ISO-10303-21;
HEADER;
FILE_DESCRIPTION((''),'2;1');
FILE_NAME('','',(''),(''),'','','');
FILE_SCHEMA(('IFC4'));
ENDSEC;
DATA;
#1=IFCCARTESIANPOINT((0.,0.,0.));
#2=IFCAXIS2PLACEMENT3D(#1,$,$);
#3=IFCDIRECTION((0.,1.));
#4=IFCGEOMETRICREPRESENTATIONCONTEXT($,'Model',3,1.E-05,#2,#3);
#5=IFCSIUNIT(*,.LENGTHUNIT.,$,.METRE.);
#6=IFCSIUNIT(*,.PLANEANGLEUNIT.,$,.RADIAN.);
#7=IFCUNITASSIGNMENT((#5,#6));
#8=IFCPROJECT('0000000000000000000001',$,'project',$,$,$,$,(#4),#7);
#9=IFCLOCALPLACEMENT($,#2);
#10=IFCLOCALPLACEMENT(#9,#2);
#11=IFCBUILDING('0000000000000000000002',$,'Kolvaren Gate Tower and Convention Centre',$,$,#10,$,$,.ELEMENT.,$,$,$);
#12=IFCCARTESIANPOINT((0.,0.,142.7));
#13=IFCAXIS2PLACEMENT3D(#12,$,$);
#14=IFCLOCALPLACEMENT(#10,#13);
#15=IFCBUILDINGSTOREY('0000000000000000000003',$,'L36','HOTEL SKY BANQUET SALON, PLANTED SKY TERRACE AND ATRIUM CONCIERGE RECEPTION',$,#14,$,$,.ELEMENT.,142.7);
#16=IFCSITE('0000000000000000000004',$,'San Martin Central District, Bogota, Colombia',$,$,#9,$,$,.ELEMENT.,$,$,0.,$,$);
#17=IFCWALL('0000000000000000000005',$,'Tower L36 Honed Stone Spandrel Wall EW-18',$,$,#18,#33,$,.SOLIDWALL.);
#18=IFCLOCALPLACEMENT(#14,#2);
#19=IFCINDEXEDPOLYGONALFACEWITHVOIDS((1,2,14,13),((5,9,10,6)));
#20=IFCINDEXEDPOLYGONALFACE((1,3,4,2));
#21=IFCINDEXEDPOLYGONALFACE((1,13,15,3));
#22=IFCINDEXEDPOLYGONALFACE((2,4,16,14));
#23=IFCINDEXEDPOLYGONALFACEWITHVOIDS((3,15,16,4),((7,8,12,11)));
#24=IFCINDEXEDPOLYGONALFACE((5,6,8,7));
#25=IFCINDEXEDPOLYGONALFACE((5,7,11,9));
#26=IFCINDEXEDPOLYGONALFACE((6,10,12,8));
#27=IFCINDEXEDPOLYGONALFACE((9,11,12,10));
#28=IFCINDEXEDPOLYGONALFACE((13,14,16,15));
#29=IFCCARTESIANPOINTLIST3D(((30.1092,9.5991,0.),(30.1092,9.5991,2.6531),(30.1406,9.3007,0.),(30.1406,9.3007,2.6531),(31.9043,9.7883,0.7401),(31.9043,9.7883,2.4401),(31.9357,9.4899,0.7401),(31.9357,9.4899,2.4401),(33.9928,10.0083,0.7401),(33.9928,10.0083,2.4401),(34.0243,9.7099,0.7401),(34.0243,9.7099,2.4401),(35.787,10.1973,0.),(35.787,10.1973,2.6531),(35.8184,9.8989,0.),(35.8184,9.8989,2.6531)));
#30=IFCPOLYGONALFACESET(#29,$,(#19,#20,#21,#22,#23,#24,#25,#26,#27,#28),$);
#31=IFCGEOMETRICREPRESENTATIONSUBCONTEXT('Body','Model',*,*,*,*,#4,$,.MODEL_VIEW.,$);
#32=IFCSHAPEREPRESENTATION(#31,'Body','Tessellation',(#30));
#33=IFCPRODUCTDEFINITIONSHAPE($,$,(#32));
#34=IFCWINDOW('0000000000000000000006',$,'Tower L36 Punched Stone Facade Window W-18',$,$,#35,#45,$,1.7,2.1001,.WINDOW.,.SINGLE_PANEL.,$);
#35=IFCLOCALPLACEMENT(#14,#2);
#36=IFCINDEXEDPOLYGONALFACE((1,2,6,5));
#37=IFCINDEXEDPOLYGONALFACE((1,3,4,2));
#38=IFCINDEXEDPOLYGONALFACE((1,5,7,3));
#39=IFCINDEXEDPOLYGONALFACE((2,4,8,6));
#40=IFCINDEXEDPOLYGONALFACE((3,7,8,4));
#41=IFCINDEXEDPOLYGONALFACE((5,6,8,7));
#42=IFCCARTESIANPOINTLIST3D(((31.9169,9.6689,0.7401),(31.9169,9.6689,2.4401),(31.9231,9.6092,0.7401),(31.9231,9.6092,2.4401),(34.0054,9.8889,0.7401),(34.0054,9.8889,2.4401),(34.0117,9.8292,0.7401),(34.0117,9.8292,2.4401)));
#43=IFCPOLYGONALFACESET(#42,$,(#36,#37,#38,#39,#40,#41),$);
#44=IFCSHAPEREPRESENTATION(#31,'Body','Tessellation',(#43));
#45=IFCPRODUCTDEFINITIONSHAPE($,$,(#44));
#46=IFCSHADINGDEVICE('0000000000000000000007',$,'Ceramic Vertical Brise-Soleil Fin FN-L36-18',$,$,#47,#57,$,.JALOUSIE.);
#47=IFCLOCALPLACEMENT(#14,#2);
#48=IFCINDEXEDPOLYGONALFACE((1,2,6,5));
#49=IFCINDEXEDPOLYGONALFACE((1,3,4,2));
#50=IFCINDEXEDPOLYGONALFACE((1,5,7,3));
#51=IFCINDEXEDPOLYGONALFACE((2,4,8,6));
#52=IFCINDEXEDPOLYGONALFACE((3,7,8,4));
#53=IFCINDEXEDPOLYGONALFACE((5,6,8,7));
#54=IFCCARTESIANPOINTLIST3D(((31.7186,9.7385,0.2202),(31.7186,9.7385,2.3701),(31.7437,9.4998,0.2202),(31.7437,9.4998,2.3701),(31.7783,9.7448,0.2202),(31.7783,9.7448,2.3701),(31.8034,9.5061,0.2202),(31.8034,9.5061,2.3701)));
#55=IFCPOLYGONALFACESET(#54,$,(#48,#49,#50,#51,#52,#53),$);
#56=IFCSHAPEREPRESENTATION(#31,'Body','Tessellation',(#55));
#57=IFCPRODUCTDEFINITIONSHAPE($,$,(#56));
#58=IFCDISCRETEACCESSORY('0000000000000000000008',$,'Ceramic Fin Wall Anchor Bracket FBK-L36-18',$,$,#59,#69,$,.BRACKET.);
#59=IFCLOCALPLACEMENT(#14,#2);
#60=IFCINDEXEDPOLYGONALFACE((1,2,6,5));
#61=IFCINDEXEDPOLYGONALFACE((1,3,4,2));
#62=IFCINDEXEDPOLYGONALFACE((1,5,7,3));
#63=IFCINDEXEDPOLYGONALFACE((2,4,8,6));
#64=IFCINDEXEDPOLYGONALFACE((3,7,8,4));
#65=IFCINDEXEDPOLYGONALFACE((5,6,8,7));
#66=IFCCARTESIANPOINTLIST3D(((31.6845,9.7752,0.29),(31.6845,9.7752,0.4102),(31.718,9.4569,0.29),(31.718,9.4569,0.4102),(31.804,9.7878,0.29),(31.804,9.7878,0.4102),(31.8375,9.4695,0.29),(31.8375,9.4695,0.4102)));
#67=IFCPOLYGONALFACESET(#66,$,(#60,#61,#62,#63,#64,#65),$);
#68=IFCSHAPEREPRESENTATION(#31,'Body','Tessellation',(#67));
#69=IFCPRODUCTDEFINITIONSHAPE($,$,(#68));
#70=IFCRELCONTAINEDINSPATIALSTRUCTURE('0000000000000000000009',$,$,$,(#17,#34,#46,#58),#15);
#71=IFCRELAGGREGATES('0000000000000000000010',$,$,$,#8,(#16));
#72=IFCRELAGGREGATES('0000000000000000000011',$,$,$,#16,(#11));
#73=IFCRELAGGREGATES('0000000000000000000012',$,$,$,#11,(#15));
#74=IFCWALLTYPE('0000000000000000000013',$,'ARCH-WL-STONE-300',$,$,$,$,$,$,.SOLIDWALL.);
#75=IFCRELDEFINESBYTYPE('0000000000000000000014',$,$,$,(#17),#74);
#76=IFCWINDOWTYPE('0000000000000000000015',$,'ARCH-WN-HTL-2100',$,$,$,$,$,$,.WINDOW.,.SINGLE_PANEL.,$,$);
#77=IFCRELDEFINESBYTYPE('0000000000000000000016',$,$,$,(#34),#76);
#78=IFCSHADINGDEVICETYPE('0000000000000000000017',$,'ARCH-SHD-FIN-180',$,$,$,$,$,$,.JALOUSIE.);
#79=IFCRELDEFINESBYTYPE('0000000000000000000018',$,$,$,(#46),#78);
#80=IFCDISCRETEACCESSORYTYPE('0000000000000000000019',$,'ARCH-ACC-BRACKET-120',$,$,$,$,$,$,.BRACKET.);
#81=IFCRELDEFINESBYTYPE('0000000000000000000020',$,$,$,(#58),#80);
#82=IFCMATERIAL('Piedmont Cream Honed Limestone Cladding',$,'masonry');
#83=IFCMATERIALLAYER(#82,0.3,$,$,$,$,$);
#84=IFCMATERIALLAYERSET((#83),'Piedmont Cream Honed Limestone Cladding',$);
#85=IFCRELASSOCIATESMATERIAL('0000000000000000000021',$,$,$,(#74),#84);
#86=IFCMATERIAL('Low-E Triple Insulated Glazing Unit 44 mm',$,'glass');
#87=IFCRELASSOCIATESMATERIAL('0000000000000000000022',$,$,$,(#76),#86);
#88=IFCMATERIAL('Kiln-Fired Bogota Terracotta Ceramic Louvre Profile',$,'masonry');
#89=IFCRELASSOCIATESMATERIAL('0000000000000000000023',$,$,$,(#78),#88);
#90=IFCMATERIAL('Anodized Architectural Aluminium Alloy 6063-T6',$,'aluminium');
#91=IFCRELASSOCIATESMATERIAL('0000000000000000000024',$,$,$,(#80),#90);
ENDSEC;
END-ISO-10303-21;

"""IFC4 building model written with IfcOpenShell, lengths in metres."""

from ifc_helpers import new_model, si_unit, direction, frame, frame_2d, origin, origin_2d, place, context, subcontext, project, spatial, rectangle, extrude, material, layer, layer_set, type_object, element, fill, save


model = new_model("IFC4")

# Units and contexts
model_context = context("Model", 3, precision=1e-05, world=origin(), true_north=direction((0.0, 1.0)))
body_context = subcontext(model_context, "Body", "Model", "MODEL_VIEW")
ifc_project = project(units=[si_unit("LENGTHUNIT", "METRE"), si_unit("PLANEANGLEUNIT", "RADIAN")], contexts=[model_context])

# Site, building, storey
site_placement = place(None, origin())
site = spatial("IfcSite", under=ifc_project, at=site_placement, Name="San Martin Central District, Bogota, Colombia", CompositionType="ELEMENT", RefElevation=0.0)
building_placement = place(site_placement, origin())
building = spatial("IfcBuilding", under=site, at=building_placement, Name="Kolvaren Gate Tower and Convention Centre", CompositionType="ELEMENT")
storey_placement = place(building_placement, frame((0.0, 0.0, 142.7)))
storey = spatial("IfcBuildingStorey", under=building, at=storey_placement, Name="L36", Description="HOTEL SKY BANQUET SALON, PLANTED SKY TERRACE AND ATRIUM CONCIERGE RECEPTION", CompositionType="ELEMENT", Elevation=142.7)

# Wall, opening, window
ifc_material_1 = material(Name="Piedmont Cream Honed Limestone Cladding", Category="masonry")
ifc_layer_1 = layer(ifc_material_1, 0.3)
ifc_layer_set_1 = layer_set([ifc_layer_1], Name="Piedmont Cream Honed Limestone Cladding")
wall_type_1 = type_object("IfcWallType", Name="ARCH-WL-STONE-300", PredefinedType="SOLIDWALL", material=ifc_layer_set_1)
wall_1_placement = place(storey_placement, frame((30.125, 9.45, 0.0), z_axis=(0.0, 0.0, 1.0), x_axis=(0.994497, 0.104769, 0.0)))
wall_1 = element("IfcWall", 1, at=wall_1_placement, inside=storey, type_object=wall_type_1, Name="Tower L36 Honed Stone Spandrel Wall EW-18", PredefinedType="SOLIDWALL", context=body_context, shape_type="SweptSolid", body=[
    extrude(rectangle(XDim=5.7092, YDim=0.3, at=frame_2d((2.8545, 0.0))), origin(), (0.0, 0.0, 1.0), 2.6531),
])
opening_1_placement = place(wall_1_placement, frame((1.8049, 0.0, 0.74)))
opening_1 = element("IfcOpeningElement", 2, at=opening_1_placement, cuts=wall_1, PredefinedType="OPENING", context=body_context, shape_type="SweptSolid", body=[
    extrude(rectangle(XDim=2.1001, YDim=1.7, at=frame_2d((1.05, 0.8501))), frame((0.0, 0.1599, 0.0), z_axis=(0.0, -1.0, 0.0), x_axis=(1.0, 0.0, 0.0)), (0.0, 0.0, 1.0), 0.3201),
])
ifc_material_2 = material(Name="Low-E Triple Insulated Glazing Unit 44 mm", Category="glass")
window_type = type_object("IfcWindowType", Name="ARCH-WN-HTL-2100", PartitioningType="SINGLE_PANEL", PredefinedType="WINDOW", material=ifc_material_2)
window_placement = place(opening_1_placement, origin())
window = element("IfcWindow", 3, at=window_placement, inside=storey, type_object=window_type, Name="Tower L36 Punched Stone Facade Window W-18", OverallHeight=1.7, OverallWidth=2.1001, PartitioningType="SINGLE_PANEL", PredefinedType="WINDOW", context=body_context, shape_type="SweptSolid", body=[
    extrude(rectangle(XDim=2.1001, YDim=1.7, at=frame_2d((1.05, 0.8501))), frame((0.0, 0.03, 0.0), z_axis=(0.0, -1.0, 0.0), x_axis=(1.0, 0.0, 0.0)), (0.0, 0.0, 1.0), 0.0601),
])
fill(opening_1, window)

# Shading device
ifc_material_3 = material(Name="Kiln-Fired Bogota Terracotta Ceramic Louvre Profile", Category="masonry")
shading_device_type = type_object("IfcShadingDeviceType", Name="ARCH-SHD-FIN-180", PredefinedType="JALOUSIE", material=ifc_material_3)
shading_device_placement = place(storey_placement, frame((31.761, 9.6223, 0.2202), z_axis=(0.0, 0.0, 1.0), x_axis=(0.994499, 0.104744, 0.0)))
element("IfcShadingDevice", 4, at=shading_device_placement, inside=storey, type_object=shading_device_type, Name="Ceramic Vertical Brise-Soleil Fin FN-L36-18", PredefinedType="JALOUSIE", context=body_context, shape_type="SweptSolid", body=[
    extrude(rectangle(XDim=0.0601, YDim=0.24, at=origin_2d()), origin(), (0.0, 0.0, 1.0), 2.1499),
])

# Discrete accessory
ifc_material_4 = material(Name="Anodized Architectural Aluminium Alloy 6063-T6", Category="aluminium")
discrete_accessory_type = type_object("IfcDiscreteAccessoryType", Name="ARCH-ACC-BRACKET-120", PredefinedType="BRACKET", material=ifc_material_4)
discrete_accessory_placement = place(storey_placement, frame((31.761, 9.6223, 0.29), z_axis=(0.0, 0.0, 1.0), x_axis=(0.994499, 0.104744, 0.0)))
element("IfcDiscreteAccessory", 5, at=discrete_accessory_placement, inside=storey, type_object=discrete_accessory_type, Name="Ceramic Fin Wall Anchor Bracket FBK-L36-18", PredefinedType="BRACKET", context=body_context, shape_type="SweptSolid", body=[
    extrude(rectangle(XDim=0.1201, YDim=0.3201, at=origin_2d()), origin(), (0.0, 0.0, 1.0), 0.1201),
])

save(model, "model.ifc")
